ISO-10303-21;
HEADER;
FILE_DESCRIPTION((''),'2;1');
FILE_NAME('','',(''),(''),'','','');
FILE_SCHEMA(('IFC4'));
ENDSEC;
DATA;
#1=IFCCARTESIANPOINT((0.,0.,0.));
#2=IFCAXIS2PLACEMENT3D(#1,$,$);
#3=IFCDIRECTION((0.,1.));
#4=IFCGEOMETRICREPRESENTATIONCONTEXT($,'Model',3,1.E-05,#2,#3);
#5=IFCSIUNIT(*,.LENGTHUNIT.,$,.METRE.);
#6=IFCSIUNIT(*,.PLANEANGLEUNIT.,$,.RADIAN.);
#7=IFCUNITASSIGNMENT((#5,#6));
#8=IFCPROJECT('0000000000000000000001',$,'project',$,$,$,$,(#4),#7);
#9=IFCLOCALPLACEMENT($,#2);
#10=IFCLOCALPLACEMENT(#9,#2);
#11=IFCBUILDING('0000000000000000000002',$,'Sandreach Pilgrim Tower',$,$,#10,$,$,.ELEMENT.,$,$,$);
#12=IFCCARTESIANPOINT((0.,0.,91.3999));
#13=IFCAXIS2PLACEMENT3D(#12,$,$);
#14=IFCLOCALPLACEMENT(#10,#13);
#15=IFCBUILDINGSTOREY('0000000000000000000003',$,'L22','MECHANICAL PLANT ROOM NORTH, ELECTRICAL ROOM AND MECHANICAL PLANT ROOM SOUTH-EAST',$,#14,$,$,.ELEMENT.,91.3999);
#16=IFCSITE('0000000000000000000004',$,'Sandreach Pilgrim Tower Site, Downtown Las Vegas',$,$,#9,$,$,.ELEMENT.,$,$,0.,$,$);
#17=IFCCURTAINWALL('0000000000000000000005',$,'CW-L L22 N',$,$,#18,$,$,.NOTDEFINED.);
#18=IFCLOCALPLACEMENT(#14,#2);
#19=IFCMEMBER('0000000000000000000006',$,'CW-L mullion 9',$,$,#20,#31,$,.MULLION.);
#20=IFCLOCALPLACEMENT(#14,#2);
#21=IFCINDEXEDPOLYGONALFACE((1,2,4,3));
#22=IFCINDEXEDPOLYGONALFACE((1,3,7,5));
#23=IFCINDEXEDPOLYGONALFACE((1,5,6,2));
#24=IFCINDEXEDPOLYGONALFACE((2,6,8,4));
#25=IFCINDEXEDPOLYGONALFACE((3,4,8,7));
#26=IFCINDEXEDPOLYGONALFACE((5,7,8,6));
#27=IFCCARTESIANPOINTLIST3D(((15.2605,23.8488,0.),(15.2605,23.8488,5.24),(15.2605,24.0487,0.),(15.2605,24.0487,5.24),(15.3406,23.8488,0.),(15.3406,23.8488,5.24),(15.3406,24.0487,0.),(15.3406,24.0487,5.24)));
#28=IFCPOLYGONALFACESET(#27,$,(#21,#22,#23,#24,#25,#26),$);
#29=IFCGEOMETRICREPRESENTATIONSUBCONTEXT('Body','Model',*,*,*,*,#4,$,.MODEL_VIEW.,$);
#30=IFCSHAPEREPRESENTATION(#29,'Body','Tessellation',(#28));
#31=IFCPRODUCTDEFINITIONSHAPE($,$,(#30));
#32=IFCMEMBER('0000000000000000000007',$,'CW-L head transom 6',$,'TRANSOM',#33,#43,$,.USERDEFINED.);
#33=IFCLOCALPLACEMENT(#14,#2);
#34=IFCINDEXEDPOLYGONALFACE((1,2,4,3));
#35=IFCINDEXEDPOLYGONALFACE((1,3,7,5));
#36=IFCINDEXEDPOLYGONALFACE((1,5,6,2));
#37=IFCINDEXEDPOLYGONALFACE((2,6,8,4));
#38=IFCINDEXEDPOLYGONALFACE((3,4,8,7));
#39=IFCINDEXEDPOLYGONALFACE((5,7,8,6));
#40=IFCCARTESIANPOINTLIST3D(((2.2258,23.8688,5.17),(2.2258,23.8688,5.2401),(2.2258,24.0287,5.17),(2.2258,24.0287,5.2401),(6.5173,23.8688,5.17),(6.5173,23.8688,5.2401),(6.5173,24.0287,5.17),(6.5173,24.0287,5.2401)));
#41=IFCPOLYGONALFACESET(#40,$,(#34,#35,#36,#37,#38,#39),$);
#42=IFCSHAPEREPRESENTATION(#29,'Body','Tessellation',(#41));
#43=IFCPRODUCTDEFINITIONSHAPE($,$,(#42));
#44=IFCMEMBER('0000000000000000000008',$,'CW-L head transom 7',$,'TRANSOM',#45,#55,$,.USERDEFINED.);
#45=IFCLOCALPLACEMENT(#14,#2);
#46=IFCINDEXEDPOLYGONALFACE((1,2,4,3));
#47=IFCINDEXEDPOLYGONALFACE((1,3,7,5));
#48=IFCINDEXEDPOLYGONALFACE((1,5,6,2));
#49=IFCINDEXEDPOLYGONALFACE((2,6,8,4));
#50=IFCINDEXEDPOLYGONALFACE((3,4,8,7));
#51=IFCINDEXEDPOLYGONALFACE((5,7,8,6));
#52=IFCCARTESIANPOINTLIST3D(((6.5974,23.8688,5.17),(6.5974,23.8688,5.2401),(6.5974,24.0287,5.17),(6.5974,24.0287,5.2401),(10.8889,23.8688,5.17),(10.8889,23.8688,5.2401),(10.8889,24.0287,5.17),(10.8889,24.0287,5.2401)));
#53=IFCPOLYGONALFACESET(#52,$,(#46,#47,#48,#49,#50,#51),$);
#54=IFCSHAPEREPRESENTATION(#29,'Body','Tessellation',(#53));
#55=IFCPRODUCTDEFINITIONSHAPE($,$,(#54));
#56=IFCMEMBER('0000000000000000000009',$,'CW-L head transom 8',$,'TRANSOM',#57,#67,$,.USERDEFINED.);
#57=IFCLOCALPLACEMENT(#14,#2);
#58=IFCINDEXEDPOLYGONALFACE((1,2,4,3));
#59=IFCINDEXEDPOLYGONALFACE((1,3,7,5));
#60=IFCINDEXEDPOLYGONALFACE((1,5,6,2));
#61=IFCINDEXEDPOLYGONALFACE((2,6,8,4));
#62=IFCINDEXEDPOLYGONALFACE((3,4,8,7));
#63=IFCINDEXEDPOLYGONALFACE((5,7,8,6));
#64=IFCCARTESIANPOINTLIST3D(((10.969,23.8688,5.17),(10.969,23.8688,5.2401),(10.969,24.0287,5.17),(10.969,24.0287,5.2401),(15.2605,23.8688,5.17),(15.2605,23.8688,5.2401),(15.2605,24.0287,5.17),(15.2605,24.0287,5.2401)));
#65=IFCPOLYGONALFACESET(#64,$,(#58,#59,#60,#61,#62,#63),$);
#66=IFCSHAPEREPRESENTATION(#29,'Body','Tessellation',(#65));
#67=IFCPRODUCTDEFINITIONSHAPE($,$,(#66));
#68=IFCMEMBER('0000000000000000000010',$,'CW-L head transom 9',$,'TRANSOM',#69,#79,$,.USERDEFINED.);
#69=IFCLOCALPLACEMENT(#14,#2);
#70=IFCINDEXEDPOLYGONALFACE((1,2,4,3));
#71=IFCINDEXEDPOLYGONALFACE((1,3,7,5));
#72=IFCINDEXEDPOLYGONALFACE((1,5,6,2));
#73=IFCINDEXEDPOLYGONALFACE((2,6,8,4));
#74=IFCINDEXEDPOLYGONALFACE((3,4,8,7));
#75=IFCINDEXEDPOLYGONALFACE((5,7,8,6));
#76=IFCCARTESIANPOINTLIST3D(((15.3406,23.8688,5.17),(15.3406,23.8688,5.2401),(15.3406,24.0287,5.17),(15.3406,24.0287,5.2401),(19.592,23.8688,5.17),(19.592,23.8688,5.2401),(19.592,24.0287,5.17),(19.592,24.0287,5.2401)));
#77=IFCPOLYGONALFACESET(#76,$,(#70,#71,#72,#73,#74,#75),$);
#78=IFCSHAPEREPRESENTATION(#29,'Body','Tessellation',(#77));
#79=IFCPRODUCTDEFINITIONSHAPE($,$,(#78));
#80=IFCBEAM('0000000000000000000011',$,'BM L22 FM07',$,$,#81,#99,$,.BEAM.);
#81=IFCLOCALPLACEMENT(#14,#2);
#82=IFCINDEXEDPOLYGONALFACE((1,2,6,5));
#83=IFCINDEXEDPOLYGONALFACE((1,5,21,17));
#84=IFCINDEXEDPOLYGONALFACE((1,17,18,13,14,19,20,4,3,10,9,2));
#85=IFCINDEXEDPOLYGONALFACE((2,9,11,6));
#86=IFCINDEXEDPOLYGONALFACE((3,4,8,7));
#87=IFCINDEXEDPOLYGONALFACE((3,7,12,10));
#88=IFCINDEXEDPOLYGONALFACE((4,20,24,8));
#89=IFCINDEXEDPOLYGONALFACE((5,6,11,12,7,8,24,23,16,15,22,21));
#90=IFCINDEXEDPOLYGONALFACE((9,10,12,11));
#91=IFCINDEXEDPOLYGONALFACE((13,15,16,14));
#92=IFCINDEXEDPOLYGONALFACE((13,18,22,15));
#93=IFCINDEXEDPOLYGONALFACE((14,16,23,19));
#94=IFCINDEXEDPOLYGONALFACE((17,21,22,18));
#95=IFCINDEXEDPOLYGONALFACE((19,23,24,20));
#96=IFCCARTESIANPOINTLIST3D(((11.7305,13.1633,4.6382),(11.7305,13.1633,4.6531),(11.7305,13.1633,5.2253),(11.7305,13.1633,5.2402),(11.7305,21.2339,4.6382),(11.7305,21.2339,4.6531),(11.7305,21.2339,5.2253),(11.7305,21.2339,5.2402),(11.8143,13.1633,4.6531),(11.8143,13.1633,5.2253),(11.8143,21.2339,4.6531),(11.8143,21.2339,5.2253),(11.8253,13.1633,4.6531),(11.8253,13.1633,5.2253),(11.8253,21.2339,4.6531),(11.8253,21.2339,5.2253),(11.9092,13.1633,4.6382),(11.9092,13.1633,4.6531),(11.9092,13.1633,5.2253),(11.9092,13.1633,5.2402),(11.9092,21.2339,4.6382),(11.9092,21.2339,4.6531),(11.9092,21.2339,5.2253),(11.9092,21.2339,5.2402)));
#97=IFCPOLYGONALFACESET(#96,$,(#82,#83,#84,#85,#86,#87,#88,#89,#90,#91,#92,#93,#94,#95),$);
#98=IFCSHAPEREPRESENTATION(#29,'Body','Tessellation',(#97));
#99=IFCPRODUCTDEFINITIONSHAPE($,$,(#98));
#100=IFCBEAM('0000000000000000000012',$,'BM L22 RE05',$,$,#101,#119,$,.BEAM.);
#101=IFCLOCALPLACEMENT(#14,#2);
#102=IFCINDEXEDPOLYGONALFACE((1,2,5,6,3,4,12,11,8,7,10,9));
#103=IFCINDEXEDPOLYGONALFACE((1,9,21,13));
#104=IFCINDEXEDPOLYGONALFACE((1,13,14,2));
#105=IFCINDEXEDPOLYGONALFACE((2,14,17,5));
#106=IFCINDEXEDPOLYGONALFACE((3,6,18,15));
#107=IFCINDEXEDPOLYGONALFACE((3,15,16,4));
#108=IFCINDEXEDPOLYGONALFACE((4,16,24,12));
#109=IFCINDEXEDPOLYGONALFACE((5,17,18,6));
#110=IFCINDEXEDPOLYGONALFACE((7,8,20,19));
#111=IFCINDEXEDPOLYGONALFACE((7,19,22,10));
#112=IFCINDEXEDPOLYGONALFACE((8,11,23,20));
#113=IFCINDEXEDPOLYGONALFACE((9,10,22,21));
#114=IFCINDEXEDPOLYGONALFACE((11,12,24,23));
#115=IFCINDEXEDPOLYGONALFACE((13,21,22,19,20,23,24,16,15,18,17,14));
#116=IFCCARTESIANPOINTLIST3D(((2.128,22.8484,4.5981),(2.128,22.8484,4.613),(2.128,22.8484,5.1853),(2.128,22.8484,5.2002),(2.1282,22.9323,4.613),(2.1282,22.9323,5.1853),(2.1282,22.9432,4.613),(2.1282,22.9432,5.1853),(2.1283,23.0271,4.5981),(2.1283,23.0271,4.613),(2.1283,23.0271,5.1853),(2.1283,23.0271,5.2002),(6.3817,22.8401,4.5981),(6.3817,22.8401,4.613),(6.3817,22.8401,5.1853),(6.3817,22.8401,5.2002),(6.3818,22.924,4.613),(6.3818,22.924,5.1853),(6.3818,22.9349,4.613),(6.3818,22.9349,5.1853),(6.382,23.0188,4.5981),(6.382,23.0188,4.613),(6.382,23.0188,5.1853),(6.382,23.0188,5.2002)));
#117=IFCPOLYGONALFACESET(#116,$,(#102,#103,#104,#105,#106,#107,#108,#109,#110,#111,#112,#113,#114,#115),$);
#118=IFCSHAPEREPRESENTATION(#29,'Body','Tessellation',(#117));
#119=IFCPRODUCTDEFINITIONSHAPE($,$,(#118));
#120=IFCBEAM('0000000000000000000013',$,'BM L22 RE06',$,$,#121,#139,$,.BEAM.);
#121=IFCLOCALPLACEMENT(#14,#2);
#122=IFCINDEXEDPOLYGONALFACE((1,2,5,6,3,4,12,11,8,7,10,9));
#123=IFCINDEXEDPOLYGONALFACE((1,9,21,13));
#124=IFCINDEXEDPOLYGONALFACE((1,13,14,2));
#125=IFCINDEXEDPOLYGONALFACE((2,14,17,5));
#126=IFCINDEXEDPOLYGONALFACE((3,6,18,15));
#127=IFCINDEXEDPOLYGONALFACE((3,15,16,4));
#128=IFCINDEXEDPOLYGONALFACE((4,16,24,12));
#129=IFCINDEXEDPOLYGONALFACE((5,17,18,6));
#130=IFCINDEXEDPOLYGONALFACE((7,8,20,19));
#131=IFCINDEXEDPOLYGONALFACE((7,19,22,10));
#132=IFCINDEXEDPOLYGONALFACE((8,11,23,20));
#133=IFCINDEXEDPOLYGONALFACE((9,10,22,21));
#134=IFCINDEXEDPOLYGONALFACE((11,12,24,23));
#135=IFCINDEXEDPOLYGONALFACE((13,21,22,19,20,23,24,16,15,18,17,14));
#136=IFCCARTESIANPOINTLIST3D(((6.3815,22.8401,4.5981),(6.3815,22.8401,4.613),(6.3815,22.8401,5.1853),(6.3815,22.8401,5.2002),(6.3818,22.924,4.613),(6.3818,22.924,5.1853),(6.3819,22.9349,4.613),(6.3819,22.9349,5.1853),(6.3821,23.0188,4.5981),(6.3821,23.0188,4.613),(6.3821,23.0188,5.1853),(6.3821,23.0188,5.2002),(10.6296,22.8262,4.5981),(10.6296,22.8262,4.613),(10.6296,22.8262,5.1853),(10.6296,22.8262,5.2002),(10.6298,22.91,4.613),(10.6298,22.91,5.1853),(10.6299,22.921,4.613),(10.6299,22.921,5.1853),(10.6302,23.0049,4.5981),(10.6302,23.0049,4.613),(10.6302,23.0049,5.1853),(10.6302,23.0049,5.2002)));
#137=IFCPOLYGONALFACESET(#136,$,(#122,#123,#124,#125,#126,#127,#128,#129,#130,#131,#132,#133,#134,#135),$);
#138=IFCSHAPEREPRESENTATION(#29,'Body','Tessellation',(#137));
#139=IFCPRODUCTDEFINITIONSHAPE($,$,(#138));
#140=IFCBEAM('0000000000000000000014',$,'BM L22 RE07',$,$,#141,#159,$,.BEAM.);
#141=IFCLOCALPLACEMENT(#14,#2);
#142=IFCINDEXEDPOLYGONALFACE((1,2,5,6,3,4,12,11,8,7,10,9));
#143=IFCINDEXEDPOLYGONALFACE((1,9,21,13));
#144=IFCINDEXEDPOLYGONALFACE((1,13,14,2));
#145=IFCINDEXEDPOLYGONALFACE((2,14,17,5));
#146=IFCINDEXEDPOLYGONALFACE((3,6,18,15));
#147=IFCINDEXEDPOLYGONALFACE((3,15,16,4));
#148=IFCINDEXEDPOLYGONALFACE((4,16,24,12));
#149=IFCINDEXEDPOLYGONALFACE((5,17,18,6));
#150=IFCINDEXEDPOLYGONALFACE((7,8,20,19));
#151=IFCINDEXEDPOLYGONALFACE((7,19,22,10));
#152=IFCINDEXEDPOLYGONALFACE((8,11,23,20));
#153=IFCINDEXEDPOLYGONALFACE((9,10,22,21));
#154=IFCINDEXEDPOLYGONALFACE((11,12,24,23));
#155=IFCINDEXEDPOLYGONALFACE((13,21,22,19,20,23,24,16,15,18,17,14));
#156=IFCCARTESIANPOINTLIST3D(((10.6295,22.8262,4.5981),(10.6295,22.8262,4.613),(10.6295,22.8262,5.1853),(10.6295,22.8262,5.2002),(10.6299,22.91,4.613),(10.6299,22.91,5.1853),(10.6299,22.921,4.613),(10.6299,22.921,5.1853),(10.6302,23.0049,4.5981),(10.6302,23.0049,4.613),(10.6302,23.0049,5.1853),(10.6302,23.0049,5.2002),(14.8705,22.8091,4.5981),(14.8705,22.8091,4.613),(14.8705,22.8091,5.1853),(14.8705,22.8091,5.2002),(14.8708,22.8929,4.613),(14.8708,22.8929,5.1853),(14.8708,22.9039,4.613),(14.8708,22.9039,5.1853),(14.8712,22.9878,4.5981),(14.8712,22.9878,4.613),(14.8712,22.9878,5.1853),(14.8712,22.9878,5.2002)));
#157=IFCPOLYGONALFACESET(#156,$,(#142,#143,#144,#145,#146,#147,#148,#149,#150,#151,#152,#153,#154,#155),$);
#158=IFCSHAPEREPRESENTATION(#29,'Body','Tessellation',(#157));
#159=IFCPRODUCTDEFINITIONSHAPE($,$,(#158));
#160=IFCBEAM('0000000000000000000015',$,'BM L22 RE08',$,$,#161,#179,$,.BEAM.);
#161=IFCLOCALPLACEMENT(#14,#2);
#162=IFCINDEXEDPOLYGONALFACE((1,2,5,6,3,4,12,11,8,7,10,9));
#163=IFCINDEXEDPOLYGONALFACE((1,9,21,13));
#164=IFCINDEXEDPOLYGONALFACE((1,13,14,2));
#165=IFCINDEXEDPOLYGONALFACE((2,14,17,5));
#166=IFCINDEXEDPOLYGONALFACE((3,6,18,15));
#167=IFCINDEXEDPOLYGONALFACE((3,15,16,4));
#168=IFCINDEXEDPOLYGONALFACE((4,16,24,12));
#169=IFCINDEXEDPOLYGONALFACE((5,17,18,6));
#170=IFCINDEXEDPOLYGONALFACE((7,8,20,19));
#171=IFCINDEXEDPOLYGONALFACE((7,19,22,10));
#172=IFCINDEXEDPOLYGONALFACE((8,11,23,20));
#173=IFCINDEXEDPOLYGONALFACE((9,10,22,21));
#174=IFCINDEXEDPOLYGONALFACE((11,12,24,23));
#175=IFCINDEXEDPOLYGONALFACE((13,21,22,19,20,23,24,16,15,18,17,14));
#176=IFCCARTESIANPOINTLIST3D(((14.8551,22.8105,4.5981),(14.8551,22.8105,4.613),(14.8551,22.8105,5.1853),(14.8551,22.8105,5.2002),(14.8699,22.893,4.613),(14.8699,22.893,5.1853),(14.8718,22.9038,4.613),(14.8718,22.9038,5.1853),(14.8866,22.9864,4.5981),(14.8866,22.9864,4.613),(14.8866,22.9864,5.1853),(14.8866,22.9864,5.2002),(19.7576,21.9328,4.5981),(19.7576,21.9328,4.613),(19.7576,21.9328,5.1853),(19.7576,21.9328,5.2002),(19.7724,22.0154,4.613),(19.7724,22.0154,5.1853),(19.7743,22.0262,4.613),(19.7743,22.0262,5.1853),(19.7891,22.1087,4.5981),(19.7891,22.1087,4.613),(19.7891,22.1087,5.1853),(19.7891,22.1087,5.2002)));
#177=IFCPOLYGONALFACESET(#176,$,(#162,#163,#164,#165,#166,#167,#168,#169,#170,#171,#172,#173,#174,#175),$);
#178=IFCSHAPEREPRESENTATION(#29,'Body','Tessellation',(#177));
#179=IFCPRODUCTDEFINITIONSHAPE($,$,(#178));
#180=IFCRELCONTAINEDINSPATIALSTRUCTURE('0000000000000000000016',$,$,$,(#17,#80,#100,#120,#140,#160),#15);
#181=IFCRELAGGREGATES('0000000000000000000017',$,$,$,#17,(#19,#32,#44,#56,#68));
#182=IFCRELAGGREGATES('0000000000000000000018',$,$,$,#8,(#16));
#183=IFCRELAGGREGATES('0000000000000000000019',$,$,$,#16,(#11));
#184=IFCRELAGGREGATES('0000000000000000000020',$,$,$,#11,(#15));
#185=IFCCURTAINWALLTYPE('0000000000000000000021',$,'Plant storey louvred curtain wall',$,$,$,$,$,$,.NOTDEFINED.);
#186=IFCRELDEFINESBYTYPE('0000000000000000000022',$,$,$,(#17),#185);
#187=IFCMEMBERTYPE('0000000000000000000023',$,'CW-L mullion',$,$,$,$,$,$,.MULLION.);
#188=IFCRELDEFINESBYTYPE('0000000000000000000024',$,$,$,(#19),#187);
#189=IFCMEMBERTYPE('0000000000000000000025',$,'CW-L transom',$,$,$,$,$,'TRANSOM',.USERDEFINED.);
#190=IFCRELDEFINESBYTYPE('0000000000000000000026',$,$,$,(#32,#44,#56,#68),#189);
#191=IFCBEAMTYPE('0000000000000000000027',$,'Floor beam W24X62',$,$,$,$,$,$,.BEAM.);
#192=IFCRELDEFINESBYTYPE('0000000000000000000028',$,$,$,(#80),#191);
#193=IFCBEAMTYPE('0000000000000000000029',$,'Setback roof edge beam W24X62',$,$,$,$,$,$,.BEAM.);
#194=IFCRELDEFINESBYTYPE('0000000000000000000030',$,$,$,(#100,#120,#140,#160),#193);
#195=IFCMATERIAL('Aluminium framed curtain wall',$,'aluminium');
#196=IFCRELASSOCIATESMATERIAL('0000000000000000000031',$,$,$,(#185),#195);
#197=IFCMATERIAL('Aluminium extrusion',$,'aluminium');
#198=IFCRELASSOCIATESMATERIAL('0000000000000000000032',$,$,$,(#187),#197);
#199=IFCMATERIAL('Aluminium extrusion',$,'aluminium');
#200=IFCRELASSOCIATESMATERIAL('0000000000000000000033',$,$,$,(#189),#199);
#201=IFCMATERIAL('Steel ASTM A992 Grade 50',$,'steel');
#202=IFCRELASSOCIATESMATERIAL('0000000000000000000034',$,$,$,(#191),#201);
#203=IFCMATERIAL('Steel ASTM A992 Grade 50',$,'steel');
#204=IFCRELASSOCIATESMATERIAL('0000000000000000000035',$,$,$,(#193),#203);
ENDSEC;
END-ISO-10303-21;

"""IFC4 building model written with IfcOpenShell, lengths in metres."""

from ifc_helpers import new_model, si_unit, direction, frame, origin, origin_2d, place, context, subcontext, project, spatial, rectangle, i_section, extrude, material, material_profile, profile_set, type_object, element, aggregate, save


model = new_model("IFC4")

# Units and contexts
model_context = context("Model", 3, precision=1e-05, world=origin(), true_north=direction((0.0, 1.0)))
body_context = subcontext(model_context, "Body", "Model", "MODEL_VIEW")
ifc_project = project(units=[si_unit("LENGTHUNIT", "METRE"), si_unit("PLANEANGLEUNIT", "RADIAN")], contexts=[model_context])

# Site, building, storey
site_placement = place(None, origin())
site = spatial("IfcSite", under=ifc_project, at=site_placement, Name="Sandreach Pilgrim Tower Site, Downtown Las Vegas", CompositionType="ELEMENT", RefElevation=0.0)
building_placement = place(site_placement, origin())
building = spatial("IfcBuilding", under=site, at=building_placement, Name="Sandreach Pilgrim Tower", CompositionType="ELEMENT")
storey_placement = place(building_placement, frame((0.0, 0.0, 91.3999)))
storey = spatial("IfcBuildingStorey", under=building, at=storey_placement, Name="L22", Description="MECHANICAL PLANT ROOM NORTH, ELECTRICAL ROOM AND MECHANICAL PLANT ROOM SOUTH-EAST", CompositionType="ELEMENT", Elevation=91.3999)

# Curtain wall, members
ifc_material_1 = material(Name="Aluminium framed curtain wall", Category="aluminium")
curtain_wall_type = type_object("IfcCurtainWallType", Name="Plant storey louvred curtain wall", PredefinedType="NOTDEFINED", material=ifc_material_1)
curtain_wall_placement = place(storey_placement, origin())
curtain_wall = element("IfcCurtainWall", 1, at=curtain_wall_placement, inside=storey, type_object=curtain_wall_type, Name="CW-L L22 N", PredefinedType="NOTDEFINED")
ifc_material_2 = material(Name="Aluminium extrusion", Category="aluminium")
ifc_material_profile_1 = material_profile(ifc_material_2, rectangle(XDim=0.0801, YDim=0.2, at=origin_2d()), Name="CW-LM 80X200")
ifc_profile_set_1 = profile_set([ifc_material_profile_1], Name="Aluminium extrusion")
member_type_1 = type_object("IfcMemberType", Name="CW-L mullion", PredefinedType="MULLION", material=ifc_profile_set_1)
member_1_placement = place(storey_placement, frame((15.3005, 23.9487, 0.0), z_axis=(0.0, 0.0, 1.0), x_axis=(1.0, 0.0, 0.0)))
member_1 = element("IfcMember", 2, at=member_1_placement, type_object=member_type_1, Name="CW-L mullion 9", PredefinedType="MULLION", context=body_context, shape_type="SweptSolid", body=[
    extrude(rectangle(XDim=0.0801, YDim=0.2, at=origin_2d()), origin(), (0.0, 0.0, 1.0), 5.24),
])
ifc_material_3 = material(Name="Aluminium extrusion", Category="aluminium")
ifc_material_profile_2 = material_profile(ifc_material_3, rectangle(XDim=0.1599, YDim=0.0701, at=origin_2d()), Name="CW-LT 160X70")
ifc_profile_set_2 = profile_set([ifc_material_profile_2], Name="Aluminium extrusion")
member_type_2 = type_object("IfcMemberType", Name="CW-L transom", ElementType="TRANSOM", PredefinedType="USERDEFINED", material=ifc_profile_set_2)
member_2_placement = place(storey_placement, frame((2.2258, 23.9487, 5.2051), z_axis=(1.0, 0.0, 0.0), x_axis=(0.0, 1.0, 0.0)))
member_2 = element("IfcMember", 3, at=member_2_placement, type_object=member_type_2, Name="CW-L head transom 6", ObjectType="TRANSOM", PredefinedType="USERDEFINED", context=body_context, shape_type="SweptSolid", body=[
    extrude(rectangle(XDim=0.1599, YDim=0.0701, at=origin_2d()), origin(), (0.0, 0.0, 1.0), 4.2915),
])
member_3_placement = place(storey_placement, frame((6.5974, 23.9487, 5.2051), z_axis=(1.0, 0.0, 0.0), x_axis=(0.0, 1.0, 0.0)))
member_3 = element("IfcMember", 4, at=member_3_placement, type_object=member_type_2, Name="CW-L head transom 7", ObjectType="TRANSOM", PredefinedType="USERDEFINED", context=body_context, shape_type="SweptSolid", body=[
    extrude(rectangle(XDim=0.1599, YDim=0.0701, at=origin_2d()), origin(), (0.0, 0.0, 1.0), 4.2915),
])
member_4_placement = place(storey_placement, frame((10.969, 23.9487, 5.2051), z_axis=(1.0, 0.0, 0.0), x_axis=(0.0, 1.0, 0.0)))
member_4 = element("IfcMember", 5, at=member_4_placement, type_object=member_type_2, Name="CW-L head transom 8", ObjectType="TRANSOM", PredefinedType="USERDEFINED", context=body_context, shape_type="SweptSolid", body=[
    extrude(rectangle(XDim=0.1599, YDim=0.0701, at=origin_2d()), origin(), (0.0, 0.0, 1.0), 4.2915),
])
member_5_placement = place(storey_placement, frame((15.3406, 23.9487, 5.2051), z_axis=(1.0, 0.0, 0.0), x_axis=(0.0, 1.0, 0.0)))
member_5 = element("IfcMember", 6, at=member_5_placement, type_object=member_type_2, Name="CW-L head transom 9", ObjectType="TRANSOM", PredefinedType="USERDEFINED", context=body_context, shape_type="SweptSolid", body=[
    extrude(rectangle(XDim=0.1599, YDim=0.0701, at=origin_2d()), origin(), (0.0, 0.0, 1.0), 4.2515),
])

# Beams
ifc_material_4 = material(Name="Steel ASTM A992 Grade 50", Category="steel")
ifc_material_profile_3 = material_profile(ifc_material_4, i_section(OverallWidth=0.1787, OverallDepth=0.6021, WebThickness=0.011, FlangeThickness=0.0149, at=origin_2d()), Name="W24X62")
ifc_profile_set_3 = profile_set([ifc_material_profile_3], Name="Steel ASTM A992 Grade 50")
beam_type_1 = type_object("IfcBeamType", Name="Floor beam W24X62", PredefinedType="BEAM", material=ifc_profile_set_3)
beam_1_placement = place(storey_placement, frame((11.8198, 21.2339, 4.9392), z_axis=(0.0, -1.0, 0.0), x_axis=(1.0, 0.0, 0.0)))
element("IfcBeam", 7, at=beam_1_placement, inside=storey, type_object=beam_type_1, Name="BM L22 FM07", PredefinedType="BEAM", context=body_context, shape_type="SweptSolid", body=[
    extrude(i_section(OverallWidth=0.1787, OverallDepth=0.6021, WebThickness=0.011, FlangeThickness=0.0149, at=origin_2d()), origin(), (0.0, 0.0, 1.0), 8.0706),
])
ifc_material_5 = material(Name="Steel ASTM A992 Grade 50", Category="steel")
ifc_material_profile_4 = material_profile(ifc_material_5, i_section(OverallWidth=0.1787, OverallDepth=0.6021, WebThickness=0.011, FlangeThickness=0.0149, at=origin_2d()), Name="W24X62")
ifc_profile_set_4 = profile_set([ifc_material_profile_4], Name="Steel ASTM A992 Grade 50")
beam_type_2 = type_object("IfcBeamType", Name="Setback roof edge beam W24X62", PredefinedType="BEAM", material=ifc_profile_set_4)
beam_2_placement = place(storey_placement, frame((2.1282, 22.9377, 4.8992), z_axis=(0.999998, -0.001951, 0.0), x_axis=(0.001951, 0.999998, 0.0)))
element("IfcBeam", 8, at=beam_2_placement, inside=storey, type_object=beam_type_2, Name="BM L22 RE05", PredefinedType="BEAM", context=body_context, shape_type="SweptSolid", body=[
    extrude(i_section(OverallWidth=0.1787, OverallDepth=0.6021, WebThickness=0.011, FlangeThickness=0.0149, at=origin_2d()), origin(), (0.0, 0.0, 1.0), 4.2537),
])
beam_3_placement = place(storey_placement, frame((6.3818, 22.9294, 4.8992), z_axis=(0.999995, -0.003276, 0.0), x_axis=(0.003276, 0.999995, 0.0)))
element("IfcBeam", 9, at=beam_3_placement, inside=storey, type_object=beam_type_2, Name="BM L22 RE06", PredefinedType="BEAM", context=body_context, shape_type="SweptSolid", body=[
    extrude(i_section(OverallWidth=0.1787, OverallDepth=0.6021, WebThickness=0.011, FlangeThickness=0.0149, at=origin_2d()), origin(), (0.0, 0.0, 1.0), 4.248),
])
beam_4_placement = place(storey_placement, frame((10.6299, 22.9155, 4.8992), z_axis=(0.999992, -0.00403, 0.0), x_axis=(0.00403, 0.999992, 0.0)))
element("IfcBeam", 10, at=beam_4_placement, inside=storey, type_object=beam_type_2, Name="BM L22 RE07", PredefinedType="BEAM", context=body_context, shape_type="SweptSolid", body=[
    extrude(i_section(OverallWidth=0.1787, OverallDepth=0.6021, WebThickness=0.011, FlangeThickness=0.0149, at=origin_2d()), origin(), (0.0, 0.0, 1.0), 4.241),
])
beam_5_placement = place(storey_placement, frame((14.8708, 22.8984, 4.8992), z_axis=(0.98435, -0.176223, 0.0), x_axis=(0.176223, 0.98435, 0.0)))
element("IfcBeam", 11, at=beam_5_placement, inside=storey, type_object=beam_type_2, Name="BM L22 RE08", PredefinedType="BEAM", context=body_context, shape_type="SweptSolid", body=[
    extrude(i_section(OverallWidth=0.1787, OverallDepth=0.6021, WebThickness=0.011, FlangeThickness=0.0149, at=origin_2d()), origin(), (0.0, 0.0, 1.0), 4.9805),
])

aggregate(curtain_wall, [member_1, member_2, member_3, member_4, member_5])

save(model, "model.ifc")
